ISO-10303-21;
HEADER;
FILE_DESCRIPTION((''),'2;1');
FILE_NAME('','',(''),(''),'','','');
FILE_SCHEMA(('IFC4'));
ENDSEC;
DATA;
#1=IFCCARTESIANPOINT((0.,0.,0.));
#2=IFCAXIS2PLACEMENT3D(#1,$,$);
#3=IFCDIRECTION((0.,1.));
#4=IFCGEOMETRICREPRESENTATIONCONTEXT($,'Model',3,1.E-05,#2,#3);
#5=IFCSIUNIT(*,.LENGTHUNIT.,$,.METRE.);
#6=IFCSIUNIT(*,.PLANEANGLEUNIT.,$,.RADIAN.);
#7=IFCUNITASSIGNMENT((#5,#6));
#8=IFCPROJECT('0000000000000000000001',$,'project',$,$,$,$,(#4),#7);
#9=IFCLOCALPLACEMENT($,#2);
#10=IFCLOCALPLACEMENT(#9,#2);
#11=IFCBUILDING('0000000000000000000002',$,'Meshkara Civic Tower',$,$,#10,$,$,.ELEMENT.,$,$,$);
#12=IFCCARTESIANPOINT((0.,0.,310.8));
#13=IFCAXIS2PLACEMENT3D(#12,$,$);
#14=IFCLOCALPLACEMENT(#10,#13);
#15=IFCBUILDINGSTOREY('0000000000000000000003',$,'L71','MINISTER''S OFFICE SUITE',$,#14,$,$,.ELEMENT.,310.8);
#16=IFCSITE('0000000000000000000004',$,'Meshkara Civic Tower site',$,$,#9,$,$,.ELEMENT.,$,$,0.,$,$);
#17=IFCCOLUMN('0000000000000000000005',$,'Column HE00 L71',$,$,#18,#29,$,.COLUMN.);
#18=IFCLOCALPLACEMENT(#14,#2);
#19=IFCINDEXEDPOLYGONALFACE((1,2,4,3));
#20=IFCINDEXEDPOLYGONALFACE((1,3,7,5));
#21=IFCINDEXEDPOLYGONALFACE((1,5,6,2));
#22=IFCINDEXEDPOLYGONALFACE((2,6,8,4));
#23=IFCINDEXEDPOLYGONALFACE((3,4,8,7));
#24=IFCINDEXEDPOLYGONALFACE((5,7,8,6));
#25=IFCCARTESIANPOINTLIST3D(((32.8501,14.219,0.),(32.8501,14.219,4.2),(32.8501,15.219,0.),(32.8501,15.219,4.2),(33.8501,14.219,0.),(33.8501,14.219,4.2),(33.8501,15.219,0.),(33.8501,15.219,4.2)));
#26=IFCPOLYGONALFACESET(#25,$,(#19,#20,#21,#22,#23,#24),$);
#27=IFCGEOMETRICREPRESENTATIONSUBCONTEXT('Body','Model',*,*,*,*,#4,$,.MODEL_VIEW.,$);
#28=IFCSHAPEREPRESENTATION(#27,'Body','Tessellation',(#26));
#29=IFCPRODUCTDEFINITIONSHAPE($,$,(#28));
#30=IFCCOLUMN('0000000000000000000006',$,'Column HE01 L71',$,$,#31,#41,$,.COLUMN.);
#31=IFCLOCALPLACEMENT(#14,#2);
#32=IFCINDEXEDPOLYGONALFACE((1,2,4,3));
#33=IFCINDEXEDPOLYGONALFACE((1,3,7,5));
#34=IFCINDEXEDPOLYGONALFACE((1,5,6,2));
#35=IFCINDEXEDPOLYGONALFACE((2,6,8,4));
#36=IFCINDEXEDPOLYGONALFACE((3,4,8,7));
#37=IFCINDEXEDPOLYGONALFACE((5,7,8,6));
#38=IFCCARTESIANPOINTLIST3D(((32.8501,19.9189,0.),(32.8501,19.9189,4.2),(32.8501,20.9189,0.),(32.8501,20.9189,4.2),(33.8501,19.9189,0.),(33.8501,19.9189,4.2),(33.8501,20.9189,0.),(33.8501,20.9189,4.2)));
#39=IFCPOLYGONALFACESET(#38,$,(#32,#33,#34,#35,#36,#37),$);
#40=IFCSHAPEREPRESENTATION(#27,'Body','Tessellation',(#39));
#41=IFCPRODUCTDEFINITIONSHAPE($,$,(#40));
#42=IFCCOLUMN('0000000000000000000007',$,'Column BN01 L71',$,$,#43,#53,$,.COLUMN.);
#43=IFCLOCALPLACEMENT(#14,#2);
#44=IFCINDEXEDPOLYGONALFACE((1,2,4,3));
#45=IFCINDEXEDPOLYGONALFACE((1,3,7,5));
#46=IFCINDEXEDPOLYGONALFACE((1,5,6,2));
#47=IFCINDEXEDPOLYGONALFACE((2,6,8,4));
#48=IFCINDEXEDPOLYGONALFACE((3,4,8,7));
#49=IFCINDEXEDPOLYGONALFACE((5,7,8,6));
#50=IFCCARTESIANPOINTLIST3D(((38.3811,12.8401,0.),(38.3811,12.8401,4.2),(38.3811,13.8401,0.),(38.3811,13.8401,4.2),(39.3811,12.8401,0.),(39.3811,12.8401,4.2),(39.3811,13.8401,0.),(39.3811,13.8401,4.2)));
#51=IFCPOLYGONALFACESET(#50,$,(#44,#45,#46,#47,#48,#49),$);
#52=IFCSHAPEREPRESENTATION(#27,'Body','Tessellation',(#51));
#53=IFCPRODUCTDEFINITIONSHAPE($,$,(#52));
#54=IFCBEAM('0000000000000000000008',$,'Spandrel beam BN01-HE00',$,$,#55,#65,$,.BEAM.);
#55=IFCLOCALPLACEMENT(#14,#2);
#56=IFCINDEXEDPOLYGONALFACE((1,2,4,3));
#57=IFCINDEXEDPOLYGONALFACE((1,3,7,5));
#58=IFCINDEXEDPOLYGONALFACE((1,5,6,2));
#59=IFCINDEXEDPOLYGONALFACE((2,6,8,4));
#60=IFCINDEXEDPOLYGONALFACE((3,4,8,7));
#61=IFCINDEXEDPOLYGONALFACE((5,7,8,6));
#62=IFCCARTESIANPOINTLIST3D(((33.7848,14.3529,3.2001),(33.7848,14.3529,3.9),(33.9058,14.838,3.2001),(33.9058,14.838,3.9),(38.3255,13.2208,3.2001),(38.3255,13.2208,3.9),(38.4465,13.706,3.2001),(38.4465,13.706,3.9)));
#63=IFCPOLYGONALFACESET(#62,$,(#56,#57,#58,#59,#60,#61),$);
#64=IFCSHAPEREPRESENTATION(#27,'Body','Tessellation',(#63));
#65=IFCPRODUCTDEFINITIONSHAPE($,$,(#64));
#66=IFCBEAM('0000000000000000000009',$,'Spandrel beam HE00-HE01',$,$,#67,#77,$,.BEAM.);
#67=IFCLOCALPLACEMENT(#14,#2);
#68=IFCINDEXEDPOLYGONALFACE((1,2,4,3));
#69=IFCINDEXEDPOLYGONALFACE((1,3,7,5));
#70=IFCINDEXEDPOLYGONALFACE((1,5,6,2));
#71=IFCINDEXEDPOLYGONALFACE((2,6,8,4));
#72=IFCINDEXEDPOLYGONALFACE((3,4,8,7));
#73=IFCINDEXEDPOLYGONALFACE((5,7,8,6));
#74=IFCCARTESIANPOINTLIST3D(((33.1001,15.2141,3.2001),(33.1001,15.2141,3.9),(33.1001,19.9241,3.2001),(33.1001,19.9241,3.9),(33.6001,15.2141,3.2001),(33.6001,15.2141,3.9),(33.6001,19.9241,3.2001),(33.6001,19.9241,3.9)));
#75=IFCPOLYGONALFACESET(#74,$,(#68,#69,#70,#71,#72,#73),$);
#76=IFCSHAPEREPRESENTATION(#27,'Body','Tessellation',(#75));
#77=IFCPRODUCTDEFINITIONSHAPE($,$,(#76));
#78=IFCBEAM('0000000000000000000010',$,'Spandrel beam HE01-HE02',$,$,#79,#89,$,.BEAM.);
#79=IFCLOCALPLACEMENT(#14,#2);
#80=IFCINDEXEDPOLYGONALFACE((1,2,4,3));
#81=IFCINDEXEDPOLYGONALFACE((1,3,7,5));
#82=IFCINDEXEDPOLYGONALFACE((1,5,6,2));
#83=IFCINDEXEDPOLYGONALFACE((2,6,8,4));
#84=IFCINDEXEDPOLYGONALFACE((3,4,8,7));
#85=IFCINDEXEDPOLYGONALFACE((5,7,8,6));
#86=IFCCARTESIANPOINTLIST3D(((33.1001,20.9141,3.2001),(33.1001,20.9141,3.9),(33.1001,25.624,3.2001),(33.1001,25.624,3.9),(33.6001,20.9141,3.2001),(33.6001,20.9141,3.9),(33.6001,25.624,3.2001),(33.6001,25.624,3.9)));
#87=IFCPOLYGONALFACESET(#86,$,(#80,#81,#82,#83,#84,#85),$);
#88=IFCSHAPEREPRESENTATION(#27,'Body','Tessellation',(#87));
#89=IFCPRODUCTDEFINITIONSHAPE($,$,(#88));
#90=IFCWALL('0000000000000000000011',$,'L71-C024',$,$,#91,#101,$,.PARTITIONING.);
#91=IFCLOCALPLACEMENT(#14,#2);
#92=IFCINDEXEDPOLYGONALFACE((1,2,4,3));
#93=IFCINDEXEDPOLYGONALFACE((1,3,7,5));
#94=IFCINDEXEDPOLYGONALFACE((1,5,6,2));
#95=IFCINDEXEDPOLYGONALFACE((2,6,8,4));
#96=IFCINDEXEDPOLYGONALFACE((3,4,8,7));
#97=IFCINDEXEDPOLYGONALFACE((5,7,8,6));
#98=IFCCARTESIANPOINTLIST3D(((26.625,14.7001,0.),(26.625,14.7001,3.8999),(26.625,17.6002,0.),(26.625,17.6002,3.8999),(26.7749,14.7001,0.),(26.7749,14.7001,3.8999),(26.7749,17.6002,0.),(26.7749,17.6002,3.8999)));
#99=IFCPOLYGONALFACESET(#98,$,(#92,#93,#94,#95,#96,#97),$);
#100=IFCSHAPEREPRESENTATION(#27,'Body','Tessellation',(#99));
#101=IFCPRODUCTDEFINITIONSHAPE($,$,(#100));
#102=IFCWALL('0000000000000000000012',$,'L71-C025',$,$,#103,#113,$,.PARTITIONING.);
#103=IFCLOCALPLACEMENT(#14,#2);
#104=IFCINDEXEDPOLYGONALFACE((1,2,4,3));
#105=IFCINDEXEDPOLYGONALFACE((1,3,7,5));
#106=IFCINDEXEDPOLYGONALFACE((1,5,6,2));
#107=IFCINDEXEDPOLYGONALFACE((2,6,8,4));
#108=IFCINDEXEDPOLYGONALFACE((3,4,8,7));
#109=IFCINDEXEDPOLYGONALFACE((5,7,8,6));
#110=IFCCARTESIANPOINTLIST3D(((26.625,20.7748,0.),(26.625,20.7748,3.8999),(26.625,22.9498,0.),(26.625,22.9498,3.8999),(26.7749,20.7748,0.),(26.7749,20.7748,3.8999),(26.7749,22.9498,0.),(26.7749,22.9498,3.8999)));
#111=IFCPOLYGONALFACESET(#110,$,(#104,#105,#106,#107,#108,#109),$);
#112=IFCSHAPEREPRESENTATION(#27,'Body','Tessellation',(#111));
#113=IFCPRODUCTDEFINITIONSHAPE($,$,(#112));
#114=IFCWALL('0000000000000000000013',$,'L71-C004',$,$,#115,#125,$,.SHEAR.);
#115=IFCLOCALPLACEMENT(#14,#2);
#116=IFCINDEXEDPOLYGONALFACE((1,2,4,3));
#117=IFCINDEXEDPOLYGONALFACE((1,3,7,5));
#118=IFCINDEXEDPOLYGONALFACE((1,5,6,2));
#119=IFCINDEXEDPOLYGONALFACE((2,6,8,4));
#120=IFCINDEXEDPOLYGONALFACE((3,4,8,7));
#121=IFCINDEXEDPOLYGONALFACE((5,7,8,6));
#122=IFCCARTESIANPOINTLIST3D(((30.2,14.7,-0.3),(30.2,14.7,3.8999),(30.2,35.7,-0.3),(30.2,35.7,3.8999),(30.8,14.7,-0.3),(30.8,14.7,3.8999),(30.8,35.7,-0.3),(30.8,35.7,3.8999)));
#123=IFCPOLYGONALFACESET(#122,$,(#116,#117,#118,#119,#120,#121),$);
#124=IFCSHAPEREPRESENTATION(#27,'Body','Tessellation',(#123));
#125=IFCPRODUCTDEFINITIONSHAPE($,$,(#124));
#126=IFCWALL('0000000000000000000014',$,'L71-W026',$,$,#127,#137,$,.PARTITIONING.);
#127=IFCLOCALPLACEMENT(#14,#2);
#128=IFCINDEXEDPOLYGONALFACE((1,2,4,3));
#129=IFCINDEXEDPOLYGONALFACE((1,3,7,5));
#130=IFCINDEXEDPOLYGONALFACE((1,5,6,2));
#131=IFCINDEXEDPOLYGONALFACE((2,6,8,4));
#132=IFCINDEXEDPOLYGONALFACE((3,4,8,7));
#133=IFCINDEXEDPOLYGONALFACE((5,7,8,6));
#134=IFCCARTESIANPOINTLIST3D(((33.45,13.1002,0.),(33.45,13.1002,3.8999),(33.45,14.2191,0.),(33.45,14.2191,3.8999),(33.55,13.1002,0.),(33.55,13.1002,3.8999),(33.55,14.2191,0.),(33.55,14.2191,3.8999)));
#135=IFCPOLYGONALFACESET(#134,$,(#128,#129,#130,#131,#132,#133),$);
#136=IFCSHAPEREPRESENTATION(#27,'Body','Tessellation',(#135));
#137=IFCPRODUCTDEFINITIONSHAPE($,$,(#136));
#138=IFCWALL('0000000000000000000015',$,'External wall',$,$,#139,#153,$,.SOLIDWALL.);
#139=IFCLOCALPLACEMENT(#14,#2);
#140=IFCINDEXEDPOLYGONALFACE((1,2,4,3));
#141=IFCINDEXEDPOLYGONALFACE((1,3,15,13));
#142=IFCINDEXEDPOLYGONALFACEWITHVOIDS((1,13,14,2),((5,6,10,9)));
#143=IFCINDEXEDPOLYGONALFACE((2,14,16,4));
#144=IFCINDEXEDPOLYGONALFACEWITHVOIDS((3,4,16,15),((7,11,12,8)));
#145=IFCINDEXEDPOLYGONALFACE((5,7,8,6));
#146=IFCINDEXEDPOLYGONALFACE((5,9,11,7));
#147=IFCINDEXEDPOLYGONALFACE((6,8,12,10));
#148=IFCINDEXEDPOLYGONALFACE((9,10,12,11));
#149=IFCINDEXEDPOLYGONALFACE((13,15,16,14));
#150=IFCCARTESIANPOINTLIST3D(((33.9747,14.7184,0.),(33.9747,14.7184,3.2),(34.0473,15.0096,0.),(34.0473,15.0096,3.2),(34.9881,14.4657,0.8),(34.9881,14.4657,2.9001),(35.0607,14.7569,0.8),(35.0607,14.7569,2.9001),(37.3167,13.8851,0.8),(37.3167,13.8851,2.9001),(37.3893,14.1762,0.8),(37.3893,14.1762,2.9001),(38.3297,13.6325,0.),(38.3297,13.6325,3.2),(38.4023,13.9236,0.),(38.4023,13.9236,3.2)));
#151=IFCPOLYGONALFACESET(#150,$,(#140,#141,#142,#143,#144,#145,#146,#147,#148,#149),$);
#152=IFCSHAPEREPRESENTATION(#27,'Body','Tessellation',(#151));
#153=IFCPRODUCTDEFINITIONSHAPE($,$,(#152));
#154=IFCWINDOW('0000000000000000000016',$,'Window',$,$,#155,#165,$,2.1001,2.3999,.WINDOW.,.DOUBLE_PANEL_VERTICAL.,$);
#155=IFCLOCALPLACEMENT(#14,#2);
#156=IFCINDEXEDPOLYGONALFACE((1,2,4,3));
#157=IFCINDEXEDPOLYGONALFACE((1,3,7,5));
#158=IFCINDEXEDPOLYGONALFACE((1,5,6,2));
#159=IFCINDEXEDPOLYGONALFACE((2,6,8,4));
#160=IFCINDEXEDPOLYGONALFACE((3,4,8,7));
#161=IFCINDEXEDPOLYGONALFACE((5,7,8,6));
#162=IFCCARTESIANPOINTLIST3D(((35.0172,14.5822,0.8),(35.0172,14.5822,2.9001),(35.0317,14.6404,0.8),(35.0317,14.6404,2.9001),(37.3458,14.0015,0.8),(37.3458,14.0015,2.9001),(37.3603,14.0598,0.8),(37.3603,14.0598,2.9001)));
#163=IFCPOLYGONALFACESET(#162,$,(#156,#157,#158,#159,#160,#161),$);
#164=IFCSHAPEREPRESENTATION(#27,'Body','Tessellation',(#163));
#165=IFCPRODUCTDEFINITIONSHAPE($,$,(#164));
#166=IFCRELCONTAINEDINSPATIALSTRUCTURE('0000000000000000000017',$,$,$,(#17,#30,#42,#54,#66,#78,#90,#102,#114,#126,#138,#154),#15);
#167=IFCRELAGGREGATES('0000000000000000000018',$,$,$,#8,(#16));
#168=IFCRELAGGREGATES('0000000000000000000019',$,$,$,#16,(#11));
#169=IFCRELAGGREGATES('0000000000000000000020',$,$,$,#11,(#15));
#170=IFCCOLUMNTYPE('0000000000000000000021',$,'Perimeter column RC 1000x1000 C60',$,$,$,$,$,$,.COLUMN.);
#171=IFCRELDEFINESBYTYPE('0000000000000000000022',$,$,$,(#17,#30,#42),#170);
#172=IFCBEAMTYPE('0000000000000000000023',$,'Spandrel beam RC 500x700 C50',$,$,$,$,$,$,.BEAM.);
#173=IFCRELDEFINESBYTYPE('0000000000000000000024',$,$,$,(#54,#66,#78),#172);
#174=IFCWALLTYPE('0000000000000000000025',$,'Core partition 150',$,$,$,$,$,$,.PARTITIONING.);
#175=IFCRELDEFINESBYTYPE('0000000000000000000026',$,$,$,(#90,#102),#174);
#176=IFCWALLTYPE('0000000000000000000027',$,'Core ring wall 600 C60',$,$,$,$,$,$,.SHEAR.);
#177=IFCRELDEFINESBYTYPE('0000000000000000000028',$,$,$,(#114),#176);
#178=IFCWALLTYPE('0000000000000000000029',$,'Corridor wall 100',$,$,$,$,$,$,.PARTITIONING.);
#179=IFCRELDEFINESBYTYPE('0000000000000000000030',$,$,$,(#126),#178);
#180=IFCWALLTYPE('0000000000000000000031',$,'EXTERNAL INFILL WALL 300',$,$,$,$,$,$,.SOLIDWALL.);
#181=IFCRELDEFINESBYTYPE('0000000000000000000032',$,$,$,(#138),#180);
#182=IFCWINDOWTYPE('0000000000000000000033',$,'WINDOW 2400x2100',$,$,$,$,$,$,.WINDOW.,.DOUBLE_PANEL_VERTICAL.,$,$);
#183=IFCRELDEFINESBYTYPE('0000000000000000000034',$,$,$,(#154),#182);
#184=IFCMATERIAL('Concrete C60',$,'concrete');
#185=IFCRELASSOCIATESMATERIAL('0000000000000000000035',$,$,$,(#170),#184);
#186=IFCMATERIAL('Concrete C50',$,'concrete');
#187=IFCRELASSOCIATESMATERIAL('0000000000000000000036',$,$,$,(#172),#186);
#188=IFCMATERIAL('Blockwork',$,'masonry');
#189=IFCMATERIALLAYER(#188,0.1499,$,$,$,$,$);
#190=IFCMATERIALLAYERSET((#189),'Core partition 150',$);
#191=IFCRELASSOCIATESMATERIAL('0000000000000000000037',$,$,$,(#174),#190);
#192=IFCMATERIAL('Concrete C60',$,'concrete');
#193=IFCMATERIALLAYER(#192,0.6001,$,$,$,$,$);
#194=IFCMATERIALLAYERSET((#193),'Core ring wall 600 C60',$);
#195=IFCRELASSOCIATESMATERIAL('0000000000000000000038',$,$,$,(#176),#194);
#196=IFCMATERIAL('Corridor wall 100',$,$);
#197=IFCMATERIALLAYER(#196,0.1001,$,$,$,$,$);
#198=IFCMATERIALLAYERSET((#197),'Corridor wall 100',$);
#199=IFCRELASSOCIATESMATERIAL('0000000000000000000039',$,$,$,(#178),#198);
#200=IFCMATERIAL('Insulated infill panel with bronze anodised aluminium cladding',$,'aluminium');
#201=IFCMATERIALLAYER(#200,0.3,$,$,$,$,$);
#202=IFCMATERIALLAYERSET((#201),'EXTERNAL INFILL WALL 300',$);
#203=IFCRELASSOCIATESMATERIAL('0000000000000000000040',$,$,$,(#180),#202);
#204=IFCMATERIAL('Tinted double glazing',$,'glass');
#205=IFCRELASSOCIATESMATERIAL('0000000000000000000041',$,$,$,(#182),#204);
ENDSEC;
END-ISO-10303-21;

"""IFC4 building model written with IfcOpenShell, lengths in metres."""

from ifc_helpers import new_model, si_unit, direction, frame, frame_2d, origin, origin_2d, place, context, subcontext, project, spatial, rectangle, extrude, material, layer, layer_set, material_profile, profile_set, type_object, element, fill, save


model = new_model("IFC4")

# Units and contexts
model_context = context("Model", 3, precision=1e-05, world=origin(), true_north=direction((0.0, 1.0)))
body_context = subcontext(model_context, "Body", "Model", "MODEL_VIEW")
ifc_project = project(units=[si_unit("LENGTHUNIT", "METRE"), si_unit("PLANEANGLEUNIT", "RADIAN")], contexts=[model_context])

# Site, building, storey
site_placement = place(None, origin())
site = spatial("IfcSite", under=ifc_project, at=site_placement, Name="Meshkara Civic Tower site", CompositionType="ELEMENT", RefElevation=0.0)
building_placement = place(site_placement, origin())
building = spatial("IfcBuilding", under=site, at=building_placement, Name="Meshkara Civic Tower", CompositionType="ELEMENT")
storey_placement = place(building_placement, frame((0.0, 0.0, 310.8)))
storey = spatial("IfcBuildingStorey", under=building, at=storey_placement, Name="L71", Description="MINISTER'S OFFICE SUITE", CompositionType="ELEMENT", Elevation=310.8)

# Columns
ifc_material_1 = material(Name="Concrete C60", Category="concrete")
ifc_material_profile_1 = material_profile(ifc_material_1, rectangle(XDim=1.0, YDim=1.0, at=origin_2d()))
ifc_profile_set_1 = profile_set([ifc_material_profile_1], Name="Concrete C60")
column_type = type_object("IfcColumnType", Name="Perimeter column RC 1000x1000 C60", PredefinedType="COLUMN", material=ifc_profile_set_1)
for number, where, z_axis, x_axis, name in (
    (1, (33.3501, 14.719, 0.0), (0.0, 0.0, 1.0), (1.0, 0.0, 0.0), "Column HE00 L71"),
    (2, (33.3501, 20.4189, 0.0), (0.0, 0.0, 1.0), (1.0, 0.0, 0.0), "Column HE01 L71"),
    (3, (38.8811, 13.3401, 0.0), (0.0, 0.0, 1.0), (1.0, 0.0, 0.0), "Column BN01 L71"),
):
    element("IfcColumn", number, at=place(storey_placement, frame(where, z_axis=z_axis, x_axis=x_axis)), inside=storey, type_object=column_type, Name=name, PredefinedType="COLUMN", context=body_context, shape_type="SweptSolid", body=[
        extrude(rectangle(XDim=1.0, YDim=1.0, at=origin_2d()), origin(), (0.0, 0.0, 1.0), 4.2),
    ])

# Beams
ifc_material_2 = material(Name="Concrete C50", Category="concrete")
ifc_material_profile_2 = material_profile(ifc_material_2, rectangle(XDim=0.5, YDim=0.7, at=origin_2d()))
ifc_profile_set_2 = profile_set([ifc_material_profile_2], Name="Concrete C50")
beam_type = type_object("IfcBeamType", Name="Spandrel beam RC 500x700 C50", PredefinedType="BEAM", material=ifc_profile_set_2)
beam_placement = place(storey_placement, frame((38.386, 13.4634, 3.55), z_axis=(-0.970299, 0.24191, 0.0), x_axis=(-0.24191, -0.970299, 0.0)))
element("IfcBeam", 4, at=beam_placement, inside=storey, type_object=beam_type, Name="Spandrel beam BN01-HE00", PredefinedType="BEAM", context=body_context, shape_type="SweptSolid", body=[
    extrude(rectangle(XDim=0.5, YDim=0.7, at=origin_2d()), origin(), (0.0, 0.0, 1.0), 4.6797),
])
for number, where, z_axis, x_axis, name in (
    (5, (33.3501, 15.2141, 3.55), (0.0, 1.0, 0.0), (-1.0, 0.0, 0.0), "Spandrel beam HE00-HE01"),
    (6, (33.3501, 20.9141, 3.55), (0.0, 1.0, 0.0), (-1.0, 0.0, 0.0), "Spandrel beam HE01-HE02"),
):
    element("IfcBeam", number, at=place(storey_placement, frame(where, z_axis=z_axis, x_axis=x_axis)), inside=storey, type_object=beam_type, Name=name, PredefinedType="BEAM", context=body_context, shape_type="SweptSolid", body=[
        extrude(rectangle(XDim=0.5, YDim=0.7, at=origin_2d()), origin(), (0.0, 0.0, 1.0), 4.71),
    ])

# Walls
ifc_material_3 = material(Name="Blockwork", Category="masonry")
ifc_layer_1 = layer(ifc_material_3, 0.1499)
ifc_layer_set_1 = layer_set([ifc_layer_1], Name="Core partition 150")
wall_type_1 = type_object("IfcWallType", Name="Core partition 150", PredefinedType="PARTITIONING", material=ifc_layer_set_1)
wall_1_placement = place(storey_placement, frame((26.7, 14.7, 0.0), z_axis=(0.0, 0.0, 1.0), x_axis=(0.0, 1.0, 0.0)))
element("IfcWall", 7, at=wall_1_placement, inside=storey, type_object=wall_type_1, Name="L71-C024", PredefinedType="PARTITIONING", context=body_context, shape_type="SweptSolid", body=[
    extrude(rectangle(XDim=2.9001, YDim=0.1499, at=frame_2d((1.4502, 0.0))), origin(), (0.0, 0.0, 1.0), 3.8999),
])
wall_2_placement = place(storey_placement, frame((26.7, 20.7749, 0.0), z_axis=(0.0, 0.0, 1.0), x_axis=(0.0, 1.0, 0.0)))
element("IfcWall", 8, at=wall_2_placement, inside=storey, type_object=wall_type_1, Name="L71-C025", PredefinedType="PARTITIONING", context=body_context, shape_type="SweptSolid", body=[
    extrude(rectangle(XDim=2.175, YDim=0.1499, at=frame_2d((1.0874, 0.0))), origin(), (0.0, 0.0, 1.0), 3.8999),
])
ifc_material_4 = material(Name="Concrete C60", Category="concrete")
ifc_layer_2 = layer(ifc_material_4, 0.6001)
ifc_layer_set_2 = layer_set([ifc_layer_2], Name="Core ring wall 600 C60")
wall_type_2 = type_object("IfcWallType", Name="Core ring wall 600 C60", PredefinedType="SHEAR", material=ifc_layer_set_2)
wall_3_placement = place(storey_placement, frame((30.5, 14.7, -0.3), z_axis=(0.0, 0.0, 1.0), x_axis=(0.0, 1.0, 0.0)))
element("IfcWall", 9, at=wall_3_placement, inside=storey, type_object=wall_type_2, Name="L71-C004", PredefinedType="SHEAR", context=body_context, shape_type="SweptSolid", body=[
    extrude(rectangle(XDim=21.0, YDim=0.6001, at=frame_2d((10.5, 0.0))), origin(), (0.0, 0.0, 1.0), 4.2),
])
ifc_material_5 = material(Name="Corridor wall 100")
ifc_layer_3 = layer(ifc_material_5, 0.1001)
ifc_layer_set_3 = layer_set([ifc_layer_3], Name="Corridor wall 100")
wall_type_3 = type_object("IfcWallType", Name="Corridor wall 100", PredefinedType="PARTITIONING", material=ifc_layer_set_3)
wall_4_placement = place(storey_placement, frame((33.5, 13.1001, 0.0), z_axis=(0.0, 0.0, 1.0), x_axis=(0.0, 1.0, 0.0)))
element("IfcWall", 10, at=wall_4_placement, inside=storey, type_object=wall_type_3, Name="L71-W026", PredefinedType="PARTITIONING", context=body_context, shape_type="SweptSolid", body=[
    extrude(rectangle(XDim=1.1189, YDim=0.1001, at=frame_2d((0.5596, 0.0))), origin(), (0.0, 0.0, 1.0), 3.8999),
])

# Wall, opening, window
ifc_material_6 = material(Name="Insulated infill panel with bronze anodised aluminium cladding", Category="aluminium")
ifc_layer_4 = layer(ifc_material_6, 0.3)
ifc_layer_set_4 = layer_set([ifc_layer_4], Name="EXTERNAL INFILL WALL 300")
wall_type_4 = type_object("IfcWallType", Name="EXTERNAL INFILL WALL 300", PredefinedType="SOLIDWALL", material=ifc_layer_set_4)
wall_5_placement = place(storey_placement, frame((38.366, 13.7781, 0.0), z_axis=(0.0, 0.0, 1.0), x_axis=(-0.97029, 0.241947, 0.0)))
wall_5 = element("IfcWall", 11, at=wall_5_placement, inside=storey, type_object=wall_type_4, Name="External wall", PredefinedType="SOLIDWALL", context=body_context, shape_type="SweptSolid", body=[
    extrude(rectangle(XDim=4.4883, YDim=0.3, at=frame_2d((2.2441, 0.0))), origin(), (0.0, 0.0, 1.0), 3.2),
])
opening_1_placement = place(wall_5_placement, frame((1.0439, 0.0, 0.8)))
opening_1 = element("IfcOpeningElement", 12, at=opening_1_placement, cuts=wall_5, PredefinedType="OPENING", context=body_context, shape_type="SweptSolid", body=[
    extrude(rectangle(XDim=2.3999, YDim=2.1001, at=frame_2d((1.2, 1.05))), frame((0.0, 0.1599, 0.0), z_axis=(0.0, -1.0, 0.0), x_axis=(1.0, 0.0, 0.0)), (0.0, 0.0, 1.0), 0.3201),
])
ifc_material_7 = material(Name="Tinted double glazing", Category="glass")
window_type = type_object("IfcWindowType", Name="WINDOW 2400x2100", PartitioningType="DOUBLE_PANEL_VERTICAL", PredefinedType="WINDOW", material=ifc_material_7)
window_1_placement = place(opening_1_placement, origin())
window_1 = element("IfcWindow", 13, at=window_1_placement, inside=storey, type_object=window_type, Name="Window", OverallHeight=2.1001, OverallWidth=2.3999, PartitioningType="DOUBLE_PANEL_VERTICAL", PredefinedType="WINDOW", context=body_context, shape_type="SweptSolid", body=[
    extrude(rectangle(XDim=2.3999, YDim=2.1001, at=frame_2d((1.2, 1.05))), frame((0.0, 0.03, 0.0), z_axis=(0.0, -1.0, 0.0), x_axis=(1.0, 0.0, 0.0)), (0.0, 0.0, 1.0), 0.0601),
])
fill(opening_1, window_1)

save(model, "model.ifc")
